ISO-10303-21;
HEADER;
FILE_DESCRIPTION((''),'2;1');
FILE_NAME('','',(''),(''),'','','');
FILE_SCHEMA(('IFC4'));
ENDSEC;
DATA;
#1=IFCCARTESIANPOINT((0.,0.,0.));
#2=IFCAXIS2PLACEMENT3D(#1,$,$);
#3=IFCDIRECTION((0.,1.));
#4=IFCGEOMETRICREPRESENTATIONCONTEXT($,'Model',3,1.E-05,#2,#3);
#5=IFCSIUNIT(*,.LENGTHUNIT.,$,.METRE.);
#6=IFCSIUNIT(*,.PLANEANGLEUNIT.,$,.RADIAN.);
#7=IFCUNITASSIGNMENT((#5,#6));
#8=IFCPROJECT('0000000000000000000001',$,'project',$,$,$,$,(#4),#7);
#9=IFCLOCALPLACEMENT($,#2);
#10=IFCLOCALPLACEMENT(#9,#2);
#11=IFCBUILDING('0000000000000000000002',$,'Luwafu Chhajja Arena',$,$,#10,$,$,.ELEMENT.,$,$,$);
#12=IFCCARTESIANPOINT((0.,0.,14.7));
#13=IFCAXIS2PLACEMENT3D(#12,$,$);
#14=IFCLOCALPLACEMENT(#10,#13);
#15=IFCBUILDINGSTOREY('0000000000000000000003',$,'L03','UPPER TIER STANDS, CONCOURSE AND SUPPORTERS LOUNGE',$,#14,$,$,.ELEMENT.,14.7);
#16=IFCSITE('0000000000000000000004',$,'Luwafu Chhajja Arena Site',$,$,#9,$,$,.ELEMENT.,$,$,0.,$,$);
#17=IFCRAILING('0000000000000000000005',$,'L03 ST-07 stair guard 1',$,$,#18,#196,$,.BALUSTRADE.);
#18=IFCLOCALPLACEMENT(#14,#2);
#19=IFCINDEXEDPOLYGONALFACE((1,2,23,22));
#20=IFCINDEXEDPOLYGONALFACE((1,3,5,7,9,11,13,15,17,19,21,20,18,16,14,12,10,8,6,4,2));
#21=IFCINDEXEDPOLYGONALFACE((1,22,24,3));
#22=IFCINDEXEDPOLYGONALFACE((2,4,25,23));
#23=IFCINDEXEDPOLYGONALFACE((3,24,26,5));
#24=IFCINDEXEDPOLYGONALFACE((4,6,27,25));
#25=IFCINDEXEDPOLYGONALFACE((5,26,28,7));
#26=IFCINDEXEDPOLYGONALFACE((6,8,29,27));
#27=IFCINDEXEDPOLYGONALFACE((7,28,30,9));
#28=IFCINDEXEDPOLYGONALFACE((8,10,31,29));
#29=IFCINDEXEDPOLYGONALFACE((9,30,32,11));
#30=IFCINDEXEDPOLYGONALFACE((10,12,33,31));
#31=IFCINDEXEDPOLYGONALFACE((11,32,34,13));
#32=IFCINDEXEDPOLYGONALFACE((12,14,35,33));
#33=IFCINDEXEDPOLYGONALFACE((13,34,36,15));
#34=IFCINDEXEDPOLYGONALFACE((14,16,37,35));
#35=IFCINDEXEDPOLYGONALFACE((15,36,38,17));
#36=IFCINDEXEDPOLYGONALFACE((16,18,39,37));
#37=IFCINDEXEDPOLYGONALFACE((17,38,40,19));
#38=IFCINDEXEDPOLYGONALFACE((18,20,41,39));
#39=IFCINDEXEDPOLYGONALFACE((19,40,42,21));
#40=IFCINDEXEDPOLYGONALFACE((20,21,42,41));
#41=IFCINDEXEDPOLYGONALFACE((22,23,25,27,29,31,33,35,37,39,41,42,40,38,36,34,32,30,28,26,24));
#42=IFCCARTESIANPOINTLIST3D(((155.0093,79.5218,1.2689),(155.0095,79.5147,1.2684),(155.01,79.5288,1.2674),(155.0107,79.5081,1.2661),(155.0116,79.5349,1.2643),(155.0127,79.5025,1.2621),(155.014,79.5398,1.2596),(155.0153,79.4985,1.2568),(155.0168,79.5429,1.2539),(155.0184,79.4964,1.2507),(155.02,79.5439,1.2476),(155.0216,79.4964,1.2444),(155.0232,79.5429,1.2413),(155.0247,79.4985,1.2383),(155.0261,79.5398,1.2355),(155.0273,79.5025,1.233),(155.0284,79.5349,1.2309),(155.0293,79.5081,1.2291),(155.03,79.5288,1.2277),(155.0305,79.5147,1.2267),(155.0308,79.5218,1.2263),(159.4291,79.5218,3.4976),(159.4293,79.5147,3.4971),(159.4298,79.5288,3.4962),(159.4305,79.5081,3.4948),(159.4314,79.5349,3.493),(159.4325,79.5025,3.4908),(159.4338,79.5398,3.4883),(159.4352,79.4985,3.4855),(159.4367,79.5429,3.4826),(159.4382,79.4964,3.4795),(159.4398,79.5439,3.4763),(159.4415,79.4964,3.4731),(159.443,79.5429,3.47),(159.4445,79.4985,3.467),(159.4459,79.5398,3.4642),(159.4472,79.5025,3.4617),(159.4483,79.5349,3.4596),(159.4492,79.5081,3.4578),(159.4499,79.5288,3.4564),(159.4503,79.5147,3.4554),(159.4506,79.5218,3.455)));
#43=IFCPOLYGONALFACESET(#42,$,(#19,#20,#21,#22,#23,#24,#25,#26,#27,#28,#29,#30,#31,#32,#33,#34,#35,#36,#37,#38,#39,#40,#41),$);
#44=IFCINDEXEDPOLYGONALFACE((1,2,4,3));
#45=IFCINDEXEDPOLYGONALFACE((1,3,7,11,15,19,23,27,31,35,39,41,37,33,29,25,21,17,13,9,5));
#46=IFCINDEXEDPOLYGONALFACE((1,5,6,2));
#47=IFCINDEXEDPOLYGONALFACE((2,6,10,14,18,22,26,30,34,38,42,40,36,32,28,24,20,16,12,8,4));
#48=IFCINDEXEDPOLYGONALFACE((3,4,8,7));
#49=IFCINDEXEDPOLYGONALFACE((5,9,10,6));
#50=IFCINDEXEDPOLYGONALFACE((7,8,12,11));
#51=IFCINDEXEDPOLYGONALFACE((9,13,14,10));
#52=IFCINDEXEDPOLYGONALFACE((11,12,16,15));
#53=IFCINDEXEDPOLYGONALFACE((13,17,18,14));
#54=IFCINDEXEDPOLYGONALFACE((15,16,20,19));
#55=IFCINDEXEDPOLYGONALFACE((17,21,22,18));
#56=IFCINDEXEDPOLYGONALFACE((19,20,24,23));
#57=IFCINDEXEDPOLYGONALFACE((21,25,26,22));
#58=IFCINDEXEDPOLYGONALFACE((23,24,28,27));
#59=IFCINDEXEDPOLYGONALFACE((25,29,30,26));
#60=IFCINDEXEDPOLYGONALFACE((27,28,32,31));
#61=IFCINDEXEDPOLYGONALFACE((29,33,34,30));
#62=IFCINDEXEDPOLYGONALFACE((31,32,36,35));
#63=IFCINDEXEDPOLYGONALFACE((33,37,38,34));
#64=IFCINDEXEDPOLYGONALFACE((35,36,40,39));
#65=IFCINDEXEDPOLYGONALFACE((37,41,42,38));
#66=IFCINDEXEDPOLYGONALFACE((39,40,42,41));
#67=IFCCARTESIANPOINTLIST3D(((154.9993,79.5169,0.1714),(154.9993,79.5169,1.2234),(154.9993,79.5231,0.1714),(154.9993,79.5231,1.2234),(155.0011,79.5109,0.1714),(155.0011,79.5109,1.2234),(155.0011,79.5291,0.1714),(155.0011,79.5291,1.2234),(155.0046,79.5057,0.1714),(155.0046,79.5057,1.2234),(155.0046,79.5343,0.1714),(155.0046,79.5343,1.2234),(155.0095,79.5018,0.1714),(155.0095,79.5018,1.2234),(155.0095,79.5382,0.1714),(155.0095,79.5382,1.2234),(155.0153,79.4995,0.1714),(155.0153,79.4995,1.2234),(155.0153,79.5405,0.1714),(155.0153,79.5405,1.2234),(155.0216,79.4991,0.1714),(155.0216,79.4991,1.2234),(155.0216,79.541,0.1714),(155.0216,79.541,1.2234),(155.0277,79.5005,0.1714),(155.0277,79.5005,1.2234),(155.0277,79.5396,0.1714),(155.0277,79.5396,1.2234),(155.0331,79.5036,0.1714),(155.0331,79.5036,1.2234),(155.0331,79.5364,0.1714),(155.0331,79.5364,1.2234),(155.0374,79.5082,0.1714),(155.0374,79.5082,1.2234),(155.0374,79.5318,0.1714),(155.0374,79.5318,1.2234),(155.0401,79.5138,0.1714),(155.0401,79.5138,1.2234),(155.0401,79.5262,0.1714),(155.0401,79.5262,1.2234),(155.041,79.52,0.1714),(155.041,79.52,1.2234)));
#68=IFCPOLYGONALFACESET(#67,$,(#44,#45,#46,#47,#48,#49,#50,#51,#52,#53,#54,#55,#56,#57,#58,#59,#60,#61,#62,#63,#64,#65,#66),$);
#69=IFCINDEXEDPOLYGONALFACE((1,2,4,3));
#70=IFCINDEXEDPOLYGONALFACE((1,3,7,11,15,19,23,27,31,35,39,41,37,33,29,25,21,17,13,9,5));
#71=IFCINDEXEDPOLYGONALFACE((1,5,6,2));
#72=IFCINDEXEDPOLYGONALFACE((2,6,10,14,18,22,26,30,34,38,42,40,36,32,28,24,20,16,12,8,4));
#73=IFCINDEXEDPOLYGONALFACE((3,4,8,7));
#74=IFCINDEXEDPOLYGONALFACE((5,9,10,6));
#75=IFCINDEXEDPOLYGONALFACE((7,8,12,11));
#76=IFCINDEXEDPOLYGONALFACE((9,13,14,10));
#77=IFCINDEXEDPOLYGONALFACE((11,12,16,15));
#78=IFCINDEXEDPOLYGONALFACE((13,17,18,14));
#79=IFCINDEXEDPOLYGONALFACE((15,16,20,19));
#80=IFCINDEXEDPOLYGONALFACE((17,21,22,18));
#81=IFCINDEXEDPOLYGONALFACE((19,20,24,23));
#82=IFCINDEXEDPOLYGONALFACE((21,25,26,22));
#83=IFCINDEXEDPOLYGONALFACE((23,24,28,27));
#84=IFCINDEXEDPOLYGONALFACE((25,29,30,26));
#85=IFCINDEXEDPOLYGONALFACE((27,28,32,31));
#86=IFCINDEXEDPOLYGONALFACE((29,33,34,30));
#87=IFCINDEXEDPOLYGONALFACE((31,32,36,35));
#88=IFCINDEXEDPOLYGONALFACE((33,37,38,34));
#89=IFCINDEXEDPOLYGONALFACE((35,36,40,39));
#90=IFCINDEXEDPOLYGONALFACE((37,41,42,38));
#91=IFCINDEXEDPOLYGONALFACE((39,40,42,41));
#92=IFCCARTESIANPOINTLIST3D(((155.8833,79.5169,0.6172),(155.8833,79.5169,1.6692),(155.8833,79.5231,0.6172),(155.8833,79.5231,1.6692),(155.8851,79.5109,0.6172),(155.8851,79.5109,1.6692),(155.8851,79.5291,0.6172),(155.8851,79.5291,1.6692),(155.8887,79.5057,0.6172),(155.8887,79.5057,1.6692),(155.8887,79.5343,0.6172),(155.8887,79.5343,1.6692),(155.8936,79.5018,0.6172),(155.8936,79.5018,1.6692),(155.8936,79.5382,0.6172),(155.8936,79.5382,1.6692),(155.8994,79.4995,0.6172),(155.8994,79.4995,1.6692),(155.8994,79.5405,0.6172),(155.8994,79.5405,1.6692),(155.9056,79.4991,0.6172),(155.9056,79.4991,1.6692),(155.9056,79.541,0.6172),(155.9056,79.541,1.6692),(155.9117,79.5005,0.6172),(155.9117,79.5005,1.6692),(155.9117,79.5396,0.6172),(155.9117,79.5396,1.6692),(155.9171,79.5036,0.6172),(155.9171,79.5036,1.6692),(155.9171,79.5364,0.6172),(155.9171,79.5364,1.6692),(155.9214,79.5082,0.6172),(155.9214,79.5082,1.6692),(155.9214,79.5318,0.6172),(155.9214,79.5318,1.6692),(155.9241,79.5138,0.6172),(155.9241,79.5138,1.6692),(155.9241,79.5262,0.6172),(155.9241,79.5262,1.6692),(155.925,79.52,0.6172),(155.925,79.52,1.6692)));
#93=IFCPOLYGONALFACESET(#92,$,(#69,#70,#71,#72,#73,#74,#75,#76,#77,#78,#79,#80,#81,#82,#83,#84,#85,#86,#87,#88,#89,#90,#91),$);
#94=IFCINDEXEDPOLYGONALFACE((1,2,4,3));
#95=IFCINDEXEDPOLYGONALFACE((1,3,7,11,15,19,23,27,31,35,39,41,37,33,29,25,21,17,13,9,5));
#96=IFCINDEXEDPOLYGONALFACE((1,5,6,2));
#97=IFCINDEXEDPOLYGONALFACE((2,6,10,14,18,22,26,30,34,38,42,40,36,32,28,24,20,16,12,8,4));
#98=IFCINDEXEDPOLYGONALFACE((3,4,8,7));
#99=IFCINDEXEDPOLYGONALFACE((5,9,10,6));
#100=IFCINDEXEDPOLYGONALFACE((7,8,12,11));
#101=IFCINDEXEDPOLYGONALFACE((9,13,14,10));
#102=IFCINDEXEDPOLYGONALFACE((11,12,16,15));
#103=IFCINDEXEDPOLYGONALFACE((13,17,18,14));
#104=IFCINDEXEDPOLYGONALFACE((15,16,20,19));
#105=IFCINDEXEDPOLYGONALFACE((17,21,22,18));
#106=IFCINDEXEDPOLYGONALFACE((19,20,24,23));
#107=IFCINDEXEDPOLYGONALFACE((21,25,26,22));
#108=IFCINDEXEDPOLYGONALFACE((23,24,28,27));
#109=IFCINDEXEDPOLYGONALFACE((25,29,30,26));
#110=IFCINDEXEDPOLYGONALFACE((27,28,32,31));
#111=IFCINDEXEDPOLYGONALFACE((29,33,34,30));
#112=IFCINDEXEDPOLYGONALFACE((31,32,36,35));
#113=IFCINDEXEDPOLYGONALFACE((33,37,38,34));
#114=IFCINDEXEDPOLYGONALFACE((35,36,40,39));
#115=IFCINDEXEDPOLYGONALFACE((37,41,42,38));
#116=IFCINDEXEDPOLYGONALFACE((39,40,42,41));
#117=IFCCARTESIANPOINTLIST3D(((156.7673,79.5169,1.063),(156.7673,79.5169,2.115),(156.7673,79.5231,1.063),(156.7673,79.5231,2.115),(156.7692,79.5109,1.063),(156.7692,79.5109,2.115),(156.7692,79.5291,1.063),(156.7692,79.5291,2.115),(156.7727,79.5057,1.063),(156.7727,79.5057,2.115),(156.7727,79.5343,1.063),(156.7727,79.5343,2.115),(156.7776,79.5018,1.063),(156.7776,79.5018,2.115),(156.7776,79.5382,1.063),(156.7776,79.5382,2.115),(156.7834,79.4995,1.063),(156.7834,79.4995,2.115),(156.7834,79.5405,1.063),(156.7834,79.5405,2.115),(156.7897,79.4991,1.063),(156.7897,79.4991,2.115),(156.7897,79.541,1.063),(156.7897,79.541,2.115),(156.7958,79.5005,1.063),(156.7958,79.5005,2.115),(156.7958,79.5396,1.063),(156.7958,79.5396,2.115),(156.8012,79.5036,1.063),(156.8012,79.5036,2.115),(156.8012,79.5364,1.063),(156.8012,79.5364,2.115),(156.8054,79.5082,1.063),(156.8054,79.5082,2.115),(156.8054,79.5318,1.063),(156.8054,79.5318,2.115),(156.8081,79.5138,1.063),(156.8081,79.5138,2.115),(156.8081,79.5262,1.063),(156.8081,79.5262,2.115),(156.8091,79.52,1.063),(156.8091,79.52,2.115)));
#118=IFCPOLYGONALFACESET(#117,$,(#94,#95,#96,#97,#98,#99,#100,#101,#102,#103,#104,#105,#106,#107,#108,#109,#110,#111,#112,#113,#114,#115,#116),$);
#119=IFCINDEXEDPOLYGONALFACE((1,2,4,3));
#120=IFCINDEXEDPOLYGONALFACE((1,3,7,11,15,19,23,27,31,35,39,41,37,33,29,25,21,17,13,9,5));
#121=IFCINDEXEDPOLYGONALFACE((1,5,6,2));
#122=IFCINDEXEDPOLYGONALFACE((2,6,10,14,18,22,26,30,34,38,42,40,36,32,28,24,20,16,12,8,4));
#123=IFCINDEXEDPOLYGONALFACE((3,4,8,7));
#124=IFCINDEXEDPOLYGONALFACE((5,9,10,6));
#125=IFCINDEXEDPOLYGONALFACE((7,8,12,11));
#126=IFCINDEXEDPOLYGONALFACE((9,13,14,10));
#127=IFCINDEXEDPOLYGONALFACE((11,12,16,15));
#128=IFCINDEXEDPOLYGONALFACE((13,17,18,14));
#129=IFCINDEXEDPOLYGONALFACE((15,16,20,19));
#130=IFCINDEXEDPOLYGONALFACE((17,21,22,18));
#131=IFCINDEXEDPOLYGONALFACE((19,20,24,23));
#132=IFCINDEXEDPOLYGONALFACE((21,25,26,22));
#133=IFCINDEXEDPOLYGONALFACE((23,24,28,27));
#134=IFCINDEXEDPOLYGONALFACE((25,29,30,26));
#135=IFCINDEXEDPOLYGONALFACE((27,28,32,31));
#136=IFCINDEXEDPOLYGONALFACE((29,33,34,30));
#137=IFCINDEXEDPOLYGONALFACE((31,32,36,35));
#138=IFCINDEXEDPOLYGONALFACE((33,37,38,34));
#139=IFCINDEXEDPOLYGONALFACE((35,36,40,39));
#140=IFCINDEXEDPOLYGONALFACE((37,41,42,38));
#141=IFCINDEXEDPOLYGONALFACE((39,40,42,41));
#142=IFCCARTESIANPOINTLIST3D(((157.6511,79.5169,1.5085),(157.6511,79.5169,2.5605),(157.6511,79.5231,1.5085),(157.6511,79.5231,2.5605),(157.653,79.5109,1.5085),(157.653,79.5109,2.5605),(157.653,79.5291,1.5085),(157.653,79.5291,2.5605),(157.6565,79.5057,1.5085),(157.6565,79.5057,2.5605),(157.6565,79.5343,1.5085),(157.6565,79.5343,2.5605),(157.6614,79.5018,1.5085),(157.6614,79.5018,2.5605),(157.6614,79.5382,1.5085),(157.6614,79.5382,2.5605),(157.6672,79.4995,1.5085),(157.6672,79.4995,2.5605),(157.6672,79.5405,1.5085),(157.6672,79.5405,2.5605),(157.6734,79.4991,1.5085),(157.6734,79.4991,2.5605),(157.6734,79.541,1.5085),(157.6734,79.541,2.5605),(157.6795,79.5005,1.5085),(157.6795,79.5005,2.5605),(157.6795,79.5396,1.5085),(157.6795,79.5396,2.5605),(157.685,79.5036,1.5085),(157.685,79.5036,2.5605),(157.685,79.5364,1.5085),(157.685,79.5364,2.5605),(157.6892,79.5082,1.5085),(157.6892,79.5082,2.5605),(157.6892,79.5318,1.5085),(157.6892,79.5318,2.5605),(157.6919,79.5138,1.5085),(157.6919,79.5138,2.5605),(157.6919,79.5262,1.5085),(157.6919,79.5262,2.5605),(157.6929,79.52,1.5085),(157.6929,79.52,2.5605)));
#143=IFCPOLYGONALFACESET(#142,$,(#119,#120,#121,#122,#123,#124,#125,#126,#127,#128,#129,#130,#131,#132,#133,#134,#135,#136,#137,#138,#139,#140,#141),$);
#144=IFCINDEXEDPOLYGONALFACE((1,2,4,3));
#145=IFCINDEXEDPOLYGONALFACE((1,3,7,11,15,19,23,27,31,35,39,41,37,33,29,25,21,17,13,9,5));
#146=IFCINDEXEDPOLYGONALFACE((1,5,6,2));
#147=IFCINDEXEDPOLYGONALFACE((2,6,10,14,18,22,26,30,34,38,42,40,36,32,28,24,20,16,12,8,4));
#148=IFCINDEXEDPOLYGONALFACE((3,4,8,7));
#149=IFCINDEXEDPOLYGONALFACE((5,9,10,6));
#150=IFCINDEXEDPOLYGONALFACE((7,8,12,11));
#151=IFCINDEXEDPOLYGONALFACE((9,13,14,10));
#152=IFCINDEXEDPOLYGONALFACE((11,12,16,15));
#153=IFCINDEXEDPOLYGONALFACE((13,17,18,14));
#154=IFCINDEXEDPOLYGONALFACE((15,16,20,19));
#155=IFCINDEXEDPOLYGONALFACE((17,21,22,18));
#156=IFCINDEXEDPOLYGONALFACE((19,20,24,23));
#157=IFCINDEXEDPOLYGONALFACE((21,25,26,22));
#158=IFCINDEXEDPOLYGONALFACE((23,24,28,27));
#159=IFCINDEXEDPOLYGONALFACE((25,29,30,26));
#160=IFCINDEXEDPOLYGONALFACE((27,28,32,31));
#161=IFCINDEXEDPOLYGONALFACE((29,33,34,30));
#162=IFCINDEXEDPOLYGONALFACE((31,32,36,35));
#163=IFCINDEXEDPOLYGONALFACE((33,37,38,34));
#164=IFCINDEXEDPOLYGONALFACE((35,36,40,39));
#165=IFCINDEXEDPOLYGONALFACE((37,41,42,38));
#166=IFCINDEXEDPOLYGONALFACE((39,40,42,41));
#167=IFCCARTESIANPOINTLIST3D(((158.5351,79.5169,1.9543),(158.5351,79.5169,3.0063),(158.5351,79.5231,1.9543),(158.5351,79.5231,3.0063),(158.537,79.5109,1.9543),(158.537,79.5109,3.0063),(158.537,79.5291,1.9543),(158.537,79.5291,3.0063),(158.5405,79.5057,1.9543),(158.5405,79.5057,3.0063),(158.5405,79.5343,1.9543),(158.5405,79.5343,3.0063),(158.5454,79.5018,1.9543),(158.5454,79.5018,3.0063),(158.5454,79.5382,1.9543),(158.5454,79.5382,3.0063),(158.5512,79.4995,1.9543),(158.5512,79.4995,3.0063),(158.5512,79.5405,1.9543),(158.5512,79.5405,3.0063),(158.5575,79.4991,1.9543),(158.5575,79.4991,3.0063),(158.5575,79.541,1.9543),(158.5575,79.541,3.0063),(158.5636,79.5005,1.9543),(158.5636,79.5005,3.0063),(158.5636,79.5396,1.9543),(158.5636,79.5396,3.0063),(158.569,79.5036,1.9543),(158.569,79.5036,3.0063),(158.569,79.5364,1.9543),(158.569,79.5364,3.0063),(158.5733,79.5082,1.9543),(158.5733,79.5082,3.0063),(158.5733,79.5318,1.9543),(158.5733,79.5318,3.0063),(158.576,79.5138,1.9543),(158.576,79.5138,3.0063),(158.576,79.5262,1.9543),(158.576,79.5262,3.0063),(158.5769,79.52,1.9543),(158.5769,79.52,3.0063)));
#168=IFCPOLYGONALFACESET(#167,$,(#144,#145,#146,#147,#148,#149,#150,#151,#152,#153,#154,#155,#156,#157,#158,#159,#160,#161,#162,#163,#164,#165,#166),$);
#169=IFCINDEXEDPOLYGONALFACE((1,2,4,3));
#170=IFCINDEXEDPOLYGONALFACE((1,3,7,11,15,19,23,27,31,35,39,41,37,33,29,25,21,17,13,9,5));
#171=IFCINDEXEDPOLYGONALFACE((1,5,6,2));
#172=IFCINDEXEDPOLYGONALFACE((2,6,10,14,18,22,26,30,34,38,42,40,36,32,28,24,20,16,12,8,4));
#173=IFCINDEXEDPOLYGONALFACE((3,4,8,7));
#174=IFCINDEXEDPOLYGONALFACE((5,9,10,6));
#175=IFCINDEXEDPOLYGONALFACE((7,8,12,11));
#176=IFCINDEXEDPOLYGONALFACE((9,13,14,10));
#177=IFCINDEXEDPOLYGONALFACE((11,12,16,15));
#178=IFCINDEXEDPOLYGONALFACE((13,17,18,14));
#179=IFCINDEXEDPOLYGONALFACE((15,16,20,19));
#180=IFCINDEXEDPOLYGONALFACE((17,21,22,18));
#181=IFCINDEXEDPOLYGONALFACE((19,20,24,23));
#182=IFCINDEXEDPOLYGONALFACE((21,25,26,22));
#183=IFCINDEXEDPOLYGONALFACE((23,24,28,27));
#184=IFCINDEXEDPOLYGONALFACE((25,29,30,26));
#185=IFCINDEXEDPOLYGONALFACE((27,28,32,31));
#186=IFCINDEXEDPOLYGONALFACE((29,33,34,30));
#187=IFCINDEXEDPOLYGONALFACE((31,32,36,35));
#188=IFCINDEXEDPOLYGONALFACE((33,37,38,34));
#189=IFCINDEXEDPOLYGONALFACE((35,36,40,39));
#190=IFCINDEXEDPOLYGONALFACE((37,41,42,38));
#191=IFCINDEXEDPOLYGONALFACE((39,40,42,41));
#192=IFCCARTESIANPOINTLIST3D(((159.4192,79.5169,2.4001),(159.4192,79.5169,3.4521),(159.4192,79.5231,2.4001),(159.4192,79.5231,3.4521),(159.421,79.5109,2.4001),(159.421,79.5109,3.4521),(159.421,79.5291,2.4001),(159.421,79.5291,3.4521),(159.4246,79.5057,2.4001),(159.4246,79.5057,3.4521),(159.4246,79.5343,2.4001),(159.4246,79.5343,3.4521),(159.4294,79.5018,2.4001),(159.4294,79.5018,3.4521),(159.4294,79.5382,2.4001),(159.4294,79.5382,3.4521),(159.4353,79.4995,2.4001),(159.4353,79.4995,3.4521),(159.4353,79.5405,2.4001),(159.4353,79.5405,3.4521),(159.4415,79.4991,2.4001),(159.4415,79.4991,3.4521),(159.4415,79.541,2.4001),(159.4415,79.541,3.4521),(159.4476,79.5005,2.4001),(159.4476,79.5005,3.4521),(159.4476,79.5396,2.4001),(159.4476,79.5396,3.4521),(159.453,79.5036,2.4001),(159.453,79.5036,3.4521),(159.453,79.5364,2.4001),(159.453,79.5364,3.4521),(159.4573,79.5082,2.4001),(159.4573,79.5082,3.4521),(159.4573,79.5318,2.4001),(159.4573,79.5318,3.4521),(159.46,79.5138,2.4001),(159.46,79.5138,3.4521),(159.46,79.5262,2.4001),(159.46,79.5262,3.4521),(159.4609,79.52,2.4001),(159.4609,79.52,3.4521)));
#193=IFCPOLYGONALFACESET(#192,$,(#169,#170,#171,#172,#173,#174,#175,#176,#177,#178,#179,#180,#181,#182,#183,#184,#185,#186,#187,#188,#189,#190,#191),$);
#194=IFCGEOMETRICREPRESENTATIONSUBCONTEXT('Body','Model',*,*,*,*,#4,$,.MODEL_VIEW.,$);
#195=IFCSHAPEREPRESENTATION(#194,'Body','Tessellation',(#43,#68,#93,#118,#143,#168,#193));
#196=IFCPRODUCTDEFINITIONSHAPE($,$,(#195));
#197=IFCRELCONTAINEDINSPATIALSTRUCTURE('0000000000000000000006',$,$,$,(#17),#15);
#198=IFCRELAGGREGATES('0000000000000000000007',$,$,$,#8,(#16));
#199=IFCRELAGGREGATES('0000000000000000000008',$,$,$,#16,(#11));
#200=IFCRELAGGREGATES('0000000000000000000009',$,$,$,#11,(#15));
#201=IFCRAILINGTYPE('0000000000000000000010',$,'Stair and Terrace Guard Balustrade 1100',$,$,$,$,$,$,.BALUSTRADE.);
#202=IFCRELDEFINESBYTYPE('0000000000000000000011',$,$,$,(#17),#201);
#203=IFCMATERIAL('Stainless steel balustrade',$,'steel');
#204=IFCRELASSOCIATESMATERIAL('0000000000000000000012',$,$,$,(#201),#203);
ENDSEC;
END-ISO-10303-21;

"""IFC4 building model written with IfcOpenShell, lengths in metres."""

from ifc_helpers import new_model, si_unit, direction, frame, origin, origin_2d, place, context, subcontext, project, spatial, circle, extrude, material, type_object, element, save


model = new_model("IFC4")

# Units and contexts
model_context = context("Model", 3, precision=1e-05, world=origin(), true_north=direction((0.0, 1.0)))
body_context = subcontext(model_context, "Body", "Model", "MODEL_VIEW")
ifc_project = project(units=[si_unit("LENGTHUNIT", "METRE"), si_unit("PLANEANGLEUNIT", "RADIAN")], contexts=[model_context])

# Site, building, storey
site_placement = place(None, origin())
site = spatial("IfcSite", under=ifc_project, at=site_placement, Name="Luwafu Chhajja Arena Site", CompositionType="ELEMENT", RefElevation=0.0)
building_placement = place(site_placement, origin())
building = spatial("IfcBuilding", under=site, at=building_placement, Name="Luwafu Chhajja Arena", CompositionType="ELEMENT")
storey_placement = place(building_placement, frame((0.0, 0.0, 14.7)))
storey = spatial("IfcBuildingStorey", under=building, at=storey_placement, Name="L03", Description="UPPER TIER STANDS, CONCOURSE AND SUPPORTERS LOUNGE", CompositionType="ELEMENT", Elevation=14.7)

# Railing
ifc_material_1 = material(Name="Stainless steel balustrade", Category="steel")
railing_type_1 = type_object("IfcRailingType", Name="Stair and Terrace Guard Balustrade 1100", PredefinedType="BALUSTRADE", material=ifc_material_1)
railing_1_placement = place(storey_placement, frame((155.02, 79.52, 0.1714)))
element("IfcRailing", 1, at=railing_1_placement, inside=storey, type_object=railing_type_1, Name="L03 ST-07 stair guard 1", PredefinedType="BALUSTRADE", context=body_context, shape_type="SweptSolid", body=[
    extrude(circle(Radius=0.0239, at=origin_2d()), frame((0.0, 0.0, 1.0762), z_axis=(0.892903, 0.0, 0.450249), x_axis=(0.0, 1.0, 0.0)), (0.0, 0.0, 1.0), 4.95),
    extrude(circle(Radius=0.021, at=origin_2d()), origin(), (0.0, 0.0, 1.0), 1.052),
    extrude(circle(Radius=0.021, at=origin_2d()), frame((0.884, 0.0, 0.4458)), (0.0, 0.0, 1.0), 1.052),
    extrude(circle(Radius=0.021, at=origin_2d()), frame((1.7681, 0.0, 0.8916)), (0.0, 0.0, 1.0), 1.052),
    extrude(circle(Radius=0.021, at=origin_2d()), frame((2.6519, 0.0, 1.3372)), (0.0, 0.0, 1.0), 1.052),
    extrude(circle(Radius=0.021, at=origin_2d()), frame((3.5359, 0.0, 1.783)), (0.0, 0.0, 1.0), 1.052),
    extrude(circle(Radius=0.021, at=origin_2d()), frame((4.4199, 0.0, 2.2288)), (0.0, 0.0, 1.0), 1.052),
])

save(model, "model.ifc")
